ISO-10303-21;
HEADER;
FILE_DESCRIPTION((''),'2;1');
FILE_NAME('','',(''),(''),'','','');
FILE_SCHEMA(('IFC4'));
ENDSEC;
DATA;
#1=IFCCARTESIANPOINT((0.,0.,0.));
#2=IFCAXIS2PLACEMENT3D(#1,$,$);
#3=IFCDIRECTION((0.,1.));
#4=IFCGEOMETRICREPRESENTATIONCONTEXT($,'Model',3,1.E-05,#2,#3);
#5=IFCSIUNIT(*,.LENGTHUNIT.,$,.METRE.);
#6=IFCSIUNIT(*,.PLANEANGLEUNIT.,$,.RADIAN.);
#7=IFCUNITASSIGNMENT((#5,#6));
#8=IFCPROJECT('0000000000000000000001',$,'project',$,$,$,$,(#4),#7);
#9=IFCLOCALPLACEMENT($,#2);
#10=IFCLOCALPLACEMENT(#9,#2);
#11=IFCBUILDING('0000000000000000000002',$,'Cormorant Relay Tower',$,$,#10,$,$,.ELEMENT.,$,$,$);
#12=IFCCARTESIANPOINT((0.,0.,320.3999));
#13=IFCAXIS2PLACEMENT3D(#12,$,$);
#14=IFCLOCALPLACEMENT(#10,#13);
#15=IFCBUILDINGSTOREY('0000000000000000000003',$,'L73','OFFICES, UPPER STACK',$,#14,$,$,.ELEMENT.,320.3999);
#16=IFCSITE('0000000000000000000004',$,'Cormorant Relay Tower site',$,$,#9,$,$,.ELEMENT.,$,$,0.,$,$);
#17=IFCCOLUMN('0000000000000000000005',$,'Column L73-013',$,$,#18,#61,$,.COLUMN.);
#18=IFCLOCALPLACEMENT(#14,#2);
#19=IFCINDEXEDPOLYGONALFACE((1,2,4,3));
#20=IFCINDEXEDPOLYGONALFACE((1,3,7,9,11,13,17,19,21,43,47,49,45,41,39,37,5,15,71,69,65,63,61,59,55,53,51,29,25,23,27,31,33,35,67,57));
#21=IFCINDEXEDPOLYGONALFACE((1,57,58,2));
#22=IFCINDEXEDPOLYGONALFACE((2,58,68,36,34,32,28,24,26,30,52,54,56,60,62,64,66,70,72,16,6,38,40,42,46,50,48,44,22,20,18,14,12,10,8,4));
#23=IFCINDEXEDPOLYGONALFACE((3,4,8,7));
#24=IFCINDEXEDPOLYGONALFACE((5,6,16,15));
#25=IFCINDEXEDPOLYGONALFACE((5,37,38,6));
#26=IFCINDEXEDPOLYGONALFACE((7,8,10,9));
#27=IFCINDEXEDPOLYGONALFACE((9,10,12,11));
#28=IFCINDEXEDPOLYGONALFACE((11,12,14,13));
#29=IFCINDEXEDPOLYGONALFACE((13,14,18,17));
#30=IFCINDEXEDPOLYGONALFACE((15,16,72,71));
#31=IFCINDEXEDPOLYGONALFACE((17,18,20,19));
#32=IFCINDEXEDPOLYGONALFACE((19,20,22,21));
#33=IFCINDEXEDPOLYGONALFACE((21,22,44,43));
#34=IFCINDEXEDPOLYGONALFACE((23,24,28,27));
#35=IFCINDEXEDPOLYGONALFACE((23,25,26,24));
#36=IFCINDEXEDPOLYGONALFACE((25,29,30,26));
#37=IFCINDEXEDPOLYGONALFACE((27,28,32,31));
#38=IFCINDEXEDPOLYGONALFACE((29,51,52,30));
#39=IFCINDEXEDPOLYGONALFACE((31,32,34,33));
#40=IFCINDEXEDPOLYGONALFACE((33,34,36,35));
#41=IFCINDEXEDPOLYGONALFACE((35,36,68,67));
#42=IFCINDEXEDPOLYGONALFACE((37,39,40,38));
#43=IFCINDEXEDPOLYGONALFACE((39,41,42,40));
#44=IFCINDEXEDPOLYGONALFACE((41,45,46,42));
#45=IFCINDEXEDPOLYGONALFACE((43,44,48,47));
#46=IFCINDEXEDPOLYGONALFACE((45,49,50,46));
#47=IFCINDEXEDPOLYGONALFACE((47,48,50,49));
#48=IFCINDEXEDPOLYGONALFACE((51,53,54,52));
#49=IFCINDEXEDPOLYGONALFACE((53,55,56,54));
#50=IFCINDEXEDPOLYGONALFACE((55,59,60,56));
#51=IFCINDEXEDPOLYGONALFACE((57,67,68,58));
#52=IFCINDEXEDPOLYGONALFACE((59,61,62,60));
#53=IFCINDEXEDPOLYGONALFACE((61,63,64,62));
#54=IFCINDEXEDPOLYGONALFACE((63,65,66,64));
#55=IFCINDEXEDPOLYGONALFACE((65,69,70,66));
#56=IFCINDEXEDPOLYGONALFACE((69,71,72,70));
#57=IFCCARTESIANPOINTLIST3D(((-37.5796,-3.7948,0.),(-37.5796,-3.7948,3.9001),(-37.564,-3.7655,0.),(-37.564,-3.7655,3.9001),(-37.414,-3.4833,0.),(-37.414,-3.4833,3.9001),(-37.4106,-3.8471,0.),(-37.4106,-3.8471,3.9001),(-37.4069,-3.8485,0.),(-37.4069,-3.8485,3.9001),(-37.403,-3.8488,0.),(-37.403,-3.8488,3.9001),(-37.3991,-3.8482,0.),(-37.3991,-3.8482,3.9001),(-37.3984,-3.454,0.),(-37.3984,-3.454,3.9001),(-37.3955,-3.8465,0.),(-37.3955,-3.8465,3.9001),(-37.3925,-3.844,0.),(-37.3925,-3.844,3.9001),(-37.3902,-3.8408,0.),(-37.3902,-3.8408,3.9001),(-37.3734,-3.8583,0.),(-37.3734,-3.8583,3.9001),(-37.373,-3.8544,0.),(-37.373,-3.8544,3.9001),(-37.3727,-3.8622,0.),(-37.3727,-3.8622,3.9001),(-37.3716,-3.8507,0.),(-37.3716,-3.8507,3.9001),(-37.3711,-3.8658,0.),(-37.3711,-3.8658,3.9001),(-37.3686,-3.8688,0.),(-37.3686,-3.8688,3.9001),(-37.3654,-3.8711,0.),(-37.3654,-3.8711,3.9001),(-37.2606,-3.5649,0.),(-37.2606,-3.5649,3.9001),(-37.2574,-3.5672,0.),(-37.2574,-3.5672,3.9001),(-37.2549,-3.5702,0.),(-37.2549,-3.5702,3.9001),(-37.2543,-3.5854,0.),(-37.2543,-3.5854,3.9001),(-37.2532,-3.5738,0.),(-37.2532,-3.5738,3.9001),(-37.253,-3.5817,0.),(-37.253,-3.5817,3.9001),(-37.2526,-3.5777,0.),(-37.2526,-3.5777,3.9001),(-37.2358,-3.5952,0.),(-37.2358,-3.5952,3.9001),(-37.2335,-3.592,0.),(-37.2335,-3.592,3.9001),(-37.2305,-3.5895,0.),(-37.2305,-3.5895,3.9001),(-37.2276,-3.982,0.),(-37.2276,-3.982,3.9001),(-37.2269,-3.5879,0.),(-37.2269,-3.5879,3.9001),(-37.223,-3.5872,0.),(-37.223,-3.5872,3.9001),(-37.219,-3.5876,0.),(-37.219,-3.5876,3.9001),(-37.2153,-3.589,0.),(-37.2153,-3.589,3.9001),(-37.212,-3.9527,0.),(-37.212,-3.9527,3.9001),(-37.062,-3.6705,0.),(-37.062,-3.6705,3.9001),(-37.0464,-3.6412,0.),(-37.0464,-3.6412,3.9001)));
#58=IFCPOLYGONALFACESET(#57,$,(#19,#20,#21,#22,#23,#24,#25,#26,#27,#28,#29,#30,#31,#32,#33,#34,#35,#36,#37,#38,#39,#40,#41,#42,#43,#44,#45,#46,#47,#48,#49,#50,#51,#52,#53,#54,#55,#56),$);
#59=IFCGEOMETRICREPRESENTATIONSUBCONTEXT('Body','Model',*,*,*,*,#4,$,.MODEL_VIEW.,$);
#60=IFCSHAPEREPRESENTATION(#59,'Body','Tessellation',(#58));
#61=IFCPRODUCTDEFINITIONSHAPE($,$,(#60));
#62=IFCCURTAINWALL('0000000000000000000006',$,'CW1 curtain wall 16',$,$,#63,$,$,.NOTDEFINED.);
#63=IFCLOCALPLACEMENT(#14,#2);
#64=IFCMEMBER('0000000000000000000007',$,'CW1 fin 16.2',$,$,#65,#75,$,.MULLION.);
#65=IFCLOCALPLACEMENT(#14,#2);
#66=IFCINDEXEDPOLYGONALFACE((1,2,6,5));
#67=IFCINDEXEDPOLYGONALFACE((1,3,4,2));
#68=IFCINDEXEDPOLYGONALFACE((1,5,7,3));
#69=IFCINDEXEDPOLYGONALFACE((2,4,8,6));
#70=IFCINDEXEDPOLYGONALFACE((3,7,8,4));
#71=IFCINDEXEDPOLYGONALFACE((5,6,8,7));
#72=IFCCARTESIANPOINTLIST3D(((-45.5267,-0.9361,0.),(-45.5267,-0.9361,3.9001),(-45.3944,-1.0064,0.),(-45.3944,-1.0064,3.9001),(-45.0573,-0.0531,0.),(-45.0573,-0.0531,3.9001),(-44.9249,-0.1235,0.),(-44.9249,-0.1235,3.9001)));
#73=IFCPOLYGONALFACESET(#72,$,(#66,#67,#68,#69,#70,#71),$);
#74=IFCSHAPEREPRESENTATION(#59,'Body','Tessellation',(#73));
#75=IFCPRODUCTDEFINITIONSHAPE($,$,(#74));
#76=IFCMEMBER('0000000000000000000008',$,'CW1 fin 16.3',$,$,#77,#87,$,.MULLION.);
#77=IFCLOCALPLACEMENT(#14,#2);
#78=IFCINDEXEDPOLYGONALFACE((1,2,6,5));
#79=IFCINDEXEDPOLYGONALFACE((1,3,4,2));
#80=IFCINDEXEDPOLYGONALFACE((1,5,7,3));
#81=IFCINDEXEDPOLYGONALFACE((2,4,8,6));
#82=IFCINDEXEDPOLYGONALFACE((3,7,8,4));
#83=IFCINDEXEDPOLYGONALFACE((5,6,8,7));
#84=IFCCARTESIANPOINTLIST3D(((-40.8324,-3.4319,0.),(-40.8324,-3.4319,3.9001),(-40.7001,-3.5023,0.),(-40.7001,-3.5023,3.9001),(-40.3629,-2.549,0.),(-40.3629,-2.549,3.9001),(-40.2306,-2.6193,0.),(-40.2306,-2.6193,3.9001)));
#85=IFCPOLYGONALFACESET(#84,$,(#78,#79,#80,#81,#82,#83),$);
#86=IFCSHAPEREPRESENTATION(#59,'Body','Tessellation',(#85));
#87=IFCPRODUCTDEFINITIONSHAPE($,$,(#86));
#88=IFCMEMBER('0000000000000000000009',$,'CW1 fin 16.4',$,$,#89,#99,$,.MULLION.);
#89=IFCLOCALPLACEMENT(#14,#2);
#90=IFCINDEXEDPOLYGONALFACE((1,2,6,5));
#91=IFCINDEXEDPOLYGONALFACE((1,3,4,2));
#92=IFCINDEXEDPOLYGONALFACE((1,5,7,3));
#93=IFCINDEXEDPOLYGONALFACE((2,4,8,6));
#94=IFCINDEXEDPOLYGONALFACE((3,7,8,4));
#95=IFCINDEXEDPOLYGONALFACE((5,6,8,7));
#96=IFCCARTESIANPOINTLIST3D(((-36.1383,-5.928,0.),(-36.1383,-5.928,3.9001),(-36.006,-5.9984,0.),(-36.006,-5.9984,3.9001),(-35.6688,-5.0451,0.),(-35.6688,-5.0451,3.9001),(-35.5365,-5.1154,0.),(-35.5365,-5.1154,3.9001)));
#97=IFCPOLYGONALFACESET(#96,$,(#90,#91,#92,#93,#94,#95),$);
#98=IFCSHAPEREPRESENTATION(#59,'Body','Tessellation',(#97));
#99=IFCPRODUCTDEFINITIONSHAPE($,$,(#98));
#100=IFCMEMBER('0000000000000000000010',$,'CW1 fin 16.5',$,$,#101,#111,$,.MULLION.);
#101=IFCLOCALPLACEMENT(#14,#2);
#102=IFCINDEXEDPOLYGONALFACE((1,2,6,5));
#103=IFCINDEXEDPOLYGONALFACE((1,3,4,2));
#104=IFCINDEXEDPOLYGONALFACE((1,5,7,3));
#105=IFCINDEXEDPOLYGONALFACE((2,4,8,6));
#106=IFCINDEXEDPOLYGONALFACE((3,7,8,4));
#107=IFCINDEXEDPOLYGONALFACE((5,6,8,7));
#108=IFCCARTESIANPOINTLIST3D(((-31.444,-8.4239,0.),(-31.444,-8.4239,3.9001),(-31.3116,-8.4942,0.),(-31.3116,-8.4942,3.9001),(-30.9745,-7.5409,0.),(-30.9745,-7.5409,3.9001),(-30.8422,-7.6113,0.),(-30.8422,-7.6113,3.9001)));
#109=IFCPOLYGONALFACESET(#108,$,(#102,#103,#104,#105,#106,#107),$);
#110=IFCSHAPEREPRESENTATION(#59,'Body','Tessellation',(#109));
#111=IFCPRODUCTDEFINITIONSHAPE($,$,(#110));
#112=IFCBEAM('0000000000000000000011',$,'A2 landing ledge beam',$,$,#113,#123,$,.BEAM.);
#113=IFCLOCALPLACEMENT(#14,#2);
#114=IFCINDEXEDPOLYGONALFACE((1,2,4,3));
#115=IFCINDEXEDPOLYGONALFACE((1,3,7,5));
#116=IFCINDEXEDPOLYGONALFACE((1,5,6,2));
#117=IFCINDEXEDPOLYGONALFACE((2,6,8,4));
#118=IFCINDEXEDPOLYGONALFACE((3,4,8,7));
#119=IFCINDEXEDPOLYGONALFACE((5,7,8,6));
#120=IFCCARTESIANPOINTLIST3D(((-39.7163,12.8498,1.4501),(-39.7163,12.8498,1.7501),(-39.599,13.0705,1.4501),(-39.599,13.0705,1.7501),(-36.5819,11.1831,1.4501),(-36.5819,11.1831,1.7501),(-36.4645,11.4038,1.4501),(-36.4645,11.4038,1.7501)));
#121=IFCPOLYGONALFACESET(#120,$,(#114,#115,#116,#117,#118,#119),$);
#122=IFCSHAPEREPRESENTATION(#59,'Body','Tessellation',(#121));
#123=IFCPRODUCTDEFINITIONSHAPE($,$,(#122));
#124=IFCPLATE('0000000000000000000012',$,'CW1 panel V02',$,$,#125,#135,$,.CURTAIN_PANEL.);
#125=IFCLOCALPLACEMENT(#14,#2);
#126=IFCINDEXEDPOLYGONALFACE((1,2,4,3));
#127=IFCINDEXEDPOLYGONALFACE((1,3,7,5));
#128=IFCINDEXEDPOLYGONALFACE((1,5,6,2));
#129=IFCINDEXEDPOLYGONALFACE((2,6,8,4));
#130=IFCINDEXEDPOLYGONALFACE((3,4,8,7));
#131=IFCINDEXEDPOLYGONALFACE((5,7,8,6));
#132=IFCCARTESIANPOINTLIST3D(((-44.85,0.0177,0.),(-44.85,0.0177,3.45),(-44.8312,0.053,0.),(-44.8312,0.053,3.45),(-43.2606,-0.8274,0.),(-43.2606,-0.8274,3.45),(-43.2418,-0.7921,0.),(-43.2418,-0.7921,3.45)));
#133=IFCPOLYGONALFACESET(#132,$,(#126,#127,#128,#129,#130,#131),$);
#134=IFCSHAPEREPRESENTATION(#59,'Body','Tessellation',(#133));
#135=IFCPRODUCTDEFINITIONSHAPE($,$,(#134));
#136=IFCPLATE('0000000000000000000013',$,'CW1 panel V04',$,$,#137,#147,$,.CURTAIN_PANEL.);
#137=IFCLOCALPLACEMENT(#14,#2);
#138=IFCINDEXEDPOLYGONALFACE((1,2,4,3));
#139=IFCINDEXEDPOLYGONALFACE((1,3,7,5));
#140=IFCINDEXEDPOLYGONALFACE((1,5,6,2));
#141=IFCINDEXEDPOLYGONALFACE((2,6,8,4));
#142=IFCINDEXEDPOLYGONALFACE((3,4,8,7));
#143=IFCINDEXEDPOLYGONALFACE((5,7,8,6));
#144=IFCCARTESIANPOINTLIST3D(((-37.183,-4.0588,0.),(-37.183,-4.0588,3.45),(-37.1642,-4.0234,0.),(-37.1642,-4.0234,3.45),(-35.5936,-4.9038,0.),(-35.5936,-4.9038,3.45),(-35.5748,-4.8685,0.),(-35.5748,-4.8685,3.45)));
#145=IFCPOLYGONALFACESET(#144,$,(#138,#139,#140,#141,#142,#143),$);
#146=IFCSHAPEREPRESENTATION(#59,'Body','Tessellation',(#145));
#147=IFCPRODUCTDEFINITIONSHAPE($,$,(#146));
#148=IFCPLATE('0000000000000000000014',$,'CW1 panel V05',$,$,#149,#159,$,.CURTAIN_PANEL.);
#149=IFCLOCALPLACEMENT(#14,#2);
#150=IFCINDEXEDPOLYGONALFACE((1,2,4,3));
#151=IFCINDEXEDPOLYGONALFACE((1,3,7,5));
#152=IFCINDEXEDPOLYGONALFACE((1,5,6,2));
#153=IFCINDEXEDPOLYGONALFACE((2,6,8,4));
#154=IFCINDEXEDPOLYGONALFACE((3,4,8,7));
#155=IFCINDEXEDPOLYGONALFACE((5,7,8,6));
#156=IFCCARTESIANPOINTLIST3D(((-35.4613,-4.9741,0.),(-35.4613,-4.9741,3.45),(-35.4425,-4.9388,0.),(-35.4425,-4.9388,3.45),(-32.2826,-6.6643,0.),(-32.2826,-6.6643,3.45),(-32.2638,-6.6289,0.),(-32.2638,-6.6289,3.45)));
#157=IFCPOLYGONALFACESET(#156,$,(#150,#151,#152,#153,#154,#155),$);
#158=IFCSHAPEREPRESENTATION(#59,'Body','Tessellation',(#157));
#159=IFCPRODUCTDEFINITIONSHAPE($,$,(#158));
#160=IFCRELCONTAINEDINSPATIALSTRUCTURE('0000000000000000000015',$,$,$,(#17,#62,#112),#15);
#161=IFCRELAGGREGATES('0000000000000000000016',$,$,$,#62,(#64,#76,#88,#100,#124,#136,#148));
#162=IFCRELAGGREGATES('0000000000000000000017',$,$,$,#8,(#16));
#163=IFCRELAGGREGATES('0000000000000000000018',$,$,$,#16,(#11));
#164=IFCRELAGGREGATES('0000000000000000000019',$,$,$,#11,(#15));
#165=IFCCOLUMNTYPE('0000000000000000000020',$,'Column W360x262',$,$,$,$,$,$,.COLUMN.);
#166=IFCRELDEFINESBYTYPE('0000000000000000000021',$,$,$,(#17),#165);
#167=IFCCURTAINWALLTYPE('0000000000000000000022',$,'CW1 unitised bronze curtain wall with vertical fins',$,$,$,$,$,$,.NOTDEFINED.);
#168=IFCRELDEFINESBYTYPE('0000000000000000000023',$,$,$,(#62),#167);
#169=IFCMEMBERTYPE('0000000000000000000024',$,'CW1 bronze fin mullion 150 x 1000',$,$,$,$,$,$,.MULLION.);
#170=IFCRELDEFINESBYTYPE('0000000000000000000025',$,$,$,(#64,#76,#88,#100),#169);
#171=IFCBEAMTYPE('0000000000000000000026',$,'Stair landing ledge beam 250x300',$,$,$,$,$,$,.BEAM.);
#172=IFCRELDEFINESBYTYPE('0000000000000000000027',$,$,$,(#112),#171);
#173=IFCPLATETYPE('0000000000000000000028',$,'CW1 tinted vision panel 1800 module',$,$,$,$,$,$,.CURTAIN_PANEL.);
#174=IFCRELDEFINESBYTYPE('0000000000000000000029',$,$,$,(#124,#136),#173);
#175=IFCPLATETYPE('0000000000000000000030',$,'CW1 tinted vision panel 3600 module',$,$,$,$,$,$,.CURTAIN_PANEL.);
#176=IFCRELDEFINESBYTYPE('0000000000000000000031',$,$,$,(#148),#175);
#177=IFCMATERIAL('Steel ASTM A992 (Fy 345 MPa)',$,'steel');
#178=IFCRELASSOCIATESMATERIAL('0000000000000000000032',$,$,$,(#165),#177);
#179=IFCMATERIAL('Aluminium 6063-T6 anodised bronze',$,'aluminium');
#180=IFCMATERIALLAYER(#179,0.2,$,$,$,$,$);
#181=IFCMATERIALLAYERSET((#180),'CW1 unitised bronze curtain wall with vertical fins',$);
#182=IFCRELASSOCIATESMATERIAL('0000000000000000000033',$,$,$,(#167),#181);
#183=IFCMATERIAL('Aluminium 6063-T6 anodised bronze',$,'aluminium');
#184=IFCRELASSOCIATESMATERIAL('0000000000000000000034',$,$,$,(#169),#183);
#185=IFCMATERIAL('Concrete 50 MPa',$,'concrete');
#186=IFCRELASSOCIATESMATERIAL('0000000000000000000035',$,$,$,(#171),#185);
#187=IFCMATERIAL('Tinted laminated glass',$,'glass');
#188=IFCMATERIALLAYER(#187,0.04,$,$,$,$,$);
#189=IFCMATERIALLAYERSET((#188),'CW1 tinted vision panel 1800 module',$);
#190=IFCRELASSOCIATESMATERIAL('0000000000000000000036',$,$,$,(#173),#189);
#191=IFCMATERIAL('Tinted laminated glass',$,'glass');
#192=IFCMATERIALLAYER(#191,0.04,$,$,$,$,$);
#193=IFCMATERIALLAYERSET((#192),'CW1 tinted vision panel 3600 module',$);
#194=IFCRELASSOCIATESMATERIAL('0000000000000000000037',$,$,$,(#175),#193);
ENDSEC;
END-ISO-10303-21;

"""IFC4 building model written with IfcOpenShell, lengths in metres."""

from ifc_helpers import new_model, si_unit, direction, frame, origin, origin_2d, place, context, subcontext, project, spatial, rectangle, i_section, extrude, material, layer, layer_set, material_profile, profile_set, type_object, element, aggregate, save


model = new_model("IFC4")

# Units and contexts
model_context = context("Model", 3, precision=1e-05, world=origin(), true_north=direction((0.0, 1.0)))
body_context = subcontext(model_context, "Body", "Model", "MODEL_VIEW")
ifc_project = project(units=[si_unit("LENGTHUNIT", "METRE"), si_unit("PLANEANGLEUNIT", "RADIAN")], contexts=[model_context])

# Site, building, storey
site_placement = place(None, origin())
site = spatial("IfcSite", under=ifc_project, at=site_placement, Name="Cormorant Relay Tower site", CompositionType="ELEMENT", RefElevation=0.0)
building_placement = place(site_placement, origin())
building = spatial("IfcBuilding", under=site, at=building_placement, Name="Cormorant Relay Tower", CompositionType="ELEMENT")
storey_placement = place(building_placement, frame((0.0, 0.0, 320.3999)))
storey = spatial("IfcBuildingStorey", under=building, at=storey_placement, Name="L73", Description="OFFICES, UPPER STACK", CompositionType="ELEMENT", Elevation=320.3999)

# Column
ifc_material_1 = material(Name="Steel ASTM A992 (Fy 345 MPa)", Category="steel")
ifc_material_profile_1 = material_profile(ifc_material_1, i_section(OverallWidth=0.3987, OverallDepth=0.386, WebThickness=0.021, FlangeThickness=0.0332, FilletRadius=0.0151, at=origin_2d()), Name="W360x262")
ifc_profile_set_1 = profile_set([ifc_material_profile_1], Name="Steel ASTM A992 (Fy 345 MPa)")
column_type = type_object("IfcColumnType", Name="Column W360x262", PredefinedType="COLUMN", material=ifc_profile_set_1)
column_placement = place(storey_placement, frame((-37.313, -3.718, 0.0), z_axis=(0.0, 0.0, 1.0), x_axis=(0.882948, -0.469472, 0.0)))
element("IfcColumn", 1, at=column_placement, inside=storey, type_object=column_type, Name="Column L73-013", PredefinedType="COLUMN", context=body_context, shape_type="SweptSolid", body=[
    extrude(i_section(OverallWidth=0.3987, OverallDepth=0.386, WebThickness=0.021, FlangeThickness=0.0332, FilletRadius=0.0151, at=origin_2d()), origin(), (0.0, 0.0, 1.0), 3.9001),
])

# Curtain wall, members
ifc_material_2 = material(Name="Aluminium 6063-T6 anodised bronze", Category="aluminium")
ifc_layer_1 = layer(ifc_material_2, 0.2)
ifc_layer_set_1 = layer_set([ifc_layer_1], Name="CW1 unitised bronze curtain wall with vertical fins")
curtain_wall_type = type_object("IfcCurtainWallType", Name="CW1 unitised bronze curtain wall with vertical fins", PredefinedType="NOTDEFINED", material=ifc_layer_set_1)
curtain_wall_placement = place(storey_placement, origin())
curtain_wall = element("IfcCurtainWall", 2, at=curtain_wall_placement, inside=storey, type_object=curtain_wall_type, Name="CW1 curtain wall 16", PredefinedType="NOTDEFINED")
ifc_material_3 = material(Name="Aluminium 6063-T6 anodised bronze", Category="aluminium")
ifc_material_profile_2 = material_profile(ifc_material_3, rectangle(XDim=0.1499, YDim=1.0, at=origin_2d()), Name="AL 150x1000")
ifc_profile_set_2 = profile_set([ifc_material_profile_2], Name="Aluminium 6063-T6 anodised bronze")
member_type = type_object("IfcMemberType", Name="CW1 bronze fin mullion 150 x 1000", PredefinedType="MULLION", material=ifc_profile_set_2)
member_1_placement = place(storey_placement, frame((-45.2258, -0.5298, 0.0), z_axis=(0.0, 0.0, 1.0), x_axis=(0.882948, -0.469472, 0.0)))
member_1 = element("IfcMember", 3, at=member_1_placement, type_object=member_type, Name="CW1 fin 16.2", PredefinedType="MULLION", context=body_context, shape_type="SweptSolid", body=[
    extrude(rectangle(XDim=0.1499, YDim=1.0, at=origin_2d()), origin(), (0.0, 0.0, 1.0), 3.9001),
])
member_2_placement = place(storey_placement, frame((-40.5315, -3.0256, 0.0), z_axis=(0.0, 0.0, 1.0), x_axis=(0.882948, -0.469472, 0.0)))
member_2 = element("IfcMember", 4, at=member_2_placement, type_object=member_type, Name="CW1 fin 16.3", PredefinedType="MULLION", context=body_context, shape_type="SweptSolid", body=[
    extrude(rectangle(XDim=0.1499, YDim=1.0, at=origin_2d()), origin(), (0.0, 0.0, 1.0), 3.9001),
])
member_3_placement = place(storey_placement, frame((-35.8374, -5.5217, 0.0), z_axis=(0.0, 0.0, 1.0), x_axis=(0.882948, -0.469472, 0.0)))
member_3 = element("IfcMember", 5, at=member_3_placement, type_object=member_type, Name="CW1 fin 16.4", PredefinedType="MULLION", context=body_context, shape_type="SweptSolid", body=[
    extrude(rectangle(XDim=0.1499, YDim=1.0, at=origin_2d()), origin(), (0.0, 0.0, 1.0), 3.9001),
])
member_4_placement = place(storey_placement, frame((-31.1431, -8.0176, 0.0), z_axis=(0.0, 0.0, 1.0), x_axis=(0.882948, -0.469472, 0.0)))
member_4 = element("IfcMember", 6, at=member_4_placement, type_object=member_type, Name="CW1 fin 16.5", PredefinedType="MULLION", context=body_context, shape_type="SweptSolid", body=[
    extrude(rectangle(XDim=0.1499, YDim=1.0, at=origin_2d()), origin(), (0.0, 0.0, 1.0), 3.9001),
])

# Beam
ifc_material_4 = material(Name="Concrete 50 MPa", Category="concrete")
ifc_material_profile_3 = material_profile(ifc_material_4, rectangle(XDim=0.25, YDim=0.3, at=origin_2d()), Name="RC 250x300")
ifc_profile_set_3 = profile_set([ifc_material_profile_3], Name="Concrete 50 MPa")
beam_type = type_object("IfcBeamType", Name="Stair landing ledge beam 250x300", PredefinedType="BEAM", material=ifc_profile_set_3)
beam_placement = place(storey_placement, frame((-36.5232, 11.2935, 1.6001), z_axis=(-0.882937, 0.469492, 0.0), x_axis=(-0.469492, -0.882937, 0.0)))
element("IfcBeam", 7, at=beam_placement, inside=storey, type_object=beam_type, Name="A2 landing ledge beam", PredefinedType="BEAM", context=body_context, shape_type="SweptSolid", body=[
    extrude(rectangle(XDim=0.25, YDim=0.3, at=origin_2d()), origin(), (0.0, 0.0, 1.0), 3.55),
])

# Plates
ifc_material_5 = material(Name="Tinted laminated glass", Category="glass")
ifc_layer_2 = layer(ifc_material_5, 0.04)
ifc_layer_set_2 = layer_set([ifc_layer_2], Name="CW1 tinted vision panel 1800 module")
plate_type_1 = type_object("IfcPlateType", Name="CW1 tinted vision panel 1800 module", PredefinedType="CURTAIN_PANEL", material=ifc_layer_set_2)
plate_1_placement = place(storey_placement, frame((-44.0459, -0.3872, 0.0), z_axis=(0.0, 0.0, 1.0), x_axis=(0.882948, -0.469472, 0.0)))
plate_1 = element("IfcPlate", 8, at=plate_1_placement, type_object=plate_type_1, Name="CW1 panel V02", PredefinedType="CURTAIN_PANEL", context=body_context, shape_type="SweptSolid", body=[
    extrude(rectangle(XDim=1.8, YDim=0.04, at=origin_2d()), origin(), (0.0, 0.0, 1.0), 3.45),
])
plate_2_placement = place(storey_placement, frame((-36.3789, -4.4636, 0.0), z_axis=(0.0, 0.0, 1.0), x_axis=(0.882948, -0.469472, 0.0)))
plate_2 = element("IfcPlate", 9, at=plate_2_placement, type_object=plate_type_1, Name="CW1 panel V04", PredefinedType="CURTAIN_PANEL", context=body_context, shape_type="SweptSolid", body=[
    extrude(rectangle(XDim=1.8, YDim=0.04, at=origin_2d()), origin(), (0.0, 0.0, 1.0), 3.45),
])
ifc_material_6 = material(Name="Tinted laminated glass", Category="glass")
ifc_layer_3 = layer(ifc_material_6, 0.04)
ifc_layer_set_3 = layer_set([ifc_layer_3], Name="CW1 tinted vision panel 3600 module")
plate_type_2 = type_object("IfcPlateType", Name="CW1 tinted vision panel 3600 module", PredefinedType="CURTAIN_PANEL", material=ifc_layer_set_3)
plate_3_placement = place(storey_placement, frame((-33.8625, -5.8015, 0.0), z_axis=(0.0, 0.0, 1.0), x_axis=(0.882948, -0.469472, 0.0)))
plate_3 = element("IfcPlate", 10, at=plate_3_placement, type_object=plate_type_2, Name="CW1 panel V05", PredefinedType="CURTAIN_PANEL", context=body_context, shape_type="SweptSolid", body=[
    extrude(rectangle(XDim=3.6001, YDim=0.04, at=origin_2d()), origin(), (0.0, 0.0, 1.0), 3.45),
])

aggregate(curtain_wall, [member_1, member_2, member_3, member_4, plate_1, plate_2, plate_3])

save(model, "model.ifc")
